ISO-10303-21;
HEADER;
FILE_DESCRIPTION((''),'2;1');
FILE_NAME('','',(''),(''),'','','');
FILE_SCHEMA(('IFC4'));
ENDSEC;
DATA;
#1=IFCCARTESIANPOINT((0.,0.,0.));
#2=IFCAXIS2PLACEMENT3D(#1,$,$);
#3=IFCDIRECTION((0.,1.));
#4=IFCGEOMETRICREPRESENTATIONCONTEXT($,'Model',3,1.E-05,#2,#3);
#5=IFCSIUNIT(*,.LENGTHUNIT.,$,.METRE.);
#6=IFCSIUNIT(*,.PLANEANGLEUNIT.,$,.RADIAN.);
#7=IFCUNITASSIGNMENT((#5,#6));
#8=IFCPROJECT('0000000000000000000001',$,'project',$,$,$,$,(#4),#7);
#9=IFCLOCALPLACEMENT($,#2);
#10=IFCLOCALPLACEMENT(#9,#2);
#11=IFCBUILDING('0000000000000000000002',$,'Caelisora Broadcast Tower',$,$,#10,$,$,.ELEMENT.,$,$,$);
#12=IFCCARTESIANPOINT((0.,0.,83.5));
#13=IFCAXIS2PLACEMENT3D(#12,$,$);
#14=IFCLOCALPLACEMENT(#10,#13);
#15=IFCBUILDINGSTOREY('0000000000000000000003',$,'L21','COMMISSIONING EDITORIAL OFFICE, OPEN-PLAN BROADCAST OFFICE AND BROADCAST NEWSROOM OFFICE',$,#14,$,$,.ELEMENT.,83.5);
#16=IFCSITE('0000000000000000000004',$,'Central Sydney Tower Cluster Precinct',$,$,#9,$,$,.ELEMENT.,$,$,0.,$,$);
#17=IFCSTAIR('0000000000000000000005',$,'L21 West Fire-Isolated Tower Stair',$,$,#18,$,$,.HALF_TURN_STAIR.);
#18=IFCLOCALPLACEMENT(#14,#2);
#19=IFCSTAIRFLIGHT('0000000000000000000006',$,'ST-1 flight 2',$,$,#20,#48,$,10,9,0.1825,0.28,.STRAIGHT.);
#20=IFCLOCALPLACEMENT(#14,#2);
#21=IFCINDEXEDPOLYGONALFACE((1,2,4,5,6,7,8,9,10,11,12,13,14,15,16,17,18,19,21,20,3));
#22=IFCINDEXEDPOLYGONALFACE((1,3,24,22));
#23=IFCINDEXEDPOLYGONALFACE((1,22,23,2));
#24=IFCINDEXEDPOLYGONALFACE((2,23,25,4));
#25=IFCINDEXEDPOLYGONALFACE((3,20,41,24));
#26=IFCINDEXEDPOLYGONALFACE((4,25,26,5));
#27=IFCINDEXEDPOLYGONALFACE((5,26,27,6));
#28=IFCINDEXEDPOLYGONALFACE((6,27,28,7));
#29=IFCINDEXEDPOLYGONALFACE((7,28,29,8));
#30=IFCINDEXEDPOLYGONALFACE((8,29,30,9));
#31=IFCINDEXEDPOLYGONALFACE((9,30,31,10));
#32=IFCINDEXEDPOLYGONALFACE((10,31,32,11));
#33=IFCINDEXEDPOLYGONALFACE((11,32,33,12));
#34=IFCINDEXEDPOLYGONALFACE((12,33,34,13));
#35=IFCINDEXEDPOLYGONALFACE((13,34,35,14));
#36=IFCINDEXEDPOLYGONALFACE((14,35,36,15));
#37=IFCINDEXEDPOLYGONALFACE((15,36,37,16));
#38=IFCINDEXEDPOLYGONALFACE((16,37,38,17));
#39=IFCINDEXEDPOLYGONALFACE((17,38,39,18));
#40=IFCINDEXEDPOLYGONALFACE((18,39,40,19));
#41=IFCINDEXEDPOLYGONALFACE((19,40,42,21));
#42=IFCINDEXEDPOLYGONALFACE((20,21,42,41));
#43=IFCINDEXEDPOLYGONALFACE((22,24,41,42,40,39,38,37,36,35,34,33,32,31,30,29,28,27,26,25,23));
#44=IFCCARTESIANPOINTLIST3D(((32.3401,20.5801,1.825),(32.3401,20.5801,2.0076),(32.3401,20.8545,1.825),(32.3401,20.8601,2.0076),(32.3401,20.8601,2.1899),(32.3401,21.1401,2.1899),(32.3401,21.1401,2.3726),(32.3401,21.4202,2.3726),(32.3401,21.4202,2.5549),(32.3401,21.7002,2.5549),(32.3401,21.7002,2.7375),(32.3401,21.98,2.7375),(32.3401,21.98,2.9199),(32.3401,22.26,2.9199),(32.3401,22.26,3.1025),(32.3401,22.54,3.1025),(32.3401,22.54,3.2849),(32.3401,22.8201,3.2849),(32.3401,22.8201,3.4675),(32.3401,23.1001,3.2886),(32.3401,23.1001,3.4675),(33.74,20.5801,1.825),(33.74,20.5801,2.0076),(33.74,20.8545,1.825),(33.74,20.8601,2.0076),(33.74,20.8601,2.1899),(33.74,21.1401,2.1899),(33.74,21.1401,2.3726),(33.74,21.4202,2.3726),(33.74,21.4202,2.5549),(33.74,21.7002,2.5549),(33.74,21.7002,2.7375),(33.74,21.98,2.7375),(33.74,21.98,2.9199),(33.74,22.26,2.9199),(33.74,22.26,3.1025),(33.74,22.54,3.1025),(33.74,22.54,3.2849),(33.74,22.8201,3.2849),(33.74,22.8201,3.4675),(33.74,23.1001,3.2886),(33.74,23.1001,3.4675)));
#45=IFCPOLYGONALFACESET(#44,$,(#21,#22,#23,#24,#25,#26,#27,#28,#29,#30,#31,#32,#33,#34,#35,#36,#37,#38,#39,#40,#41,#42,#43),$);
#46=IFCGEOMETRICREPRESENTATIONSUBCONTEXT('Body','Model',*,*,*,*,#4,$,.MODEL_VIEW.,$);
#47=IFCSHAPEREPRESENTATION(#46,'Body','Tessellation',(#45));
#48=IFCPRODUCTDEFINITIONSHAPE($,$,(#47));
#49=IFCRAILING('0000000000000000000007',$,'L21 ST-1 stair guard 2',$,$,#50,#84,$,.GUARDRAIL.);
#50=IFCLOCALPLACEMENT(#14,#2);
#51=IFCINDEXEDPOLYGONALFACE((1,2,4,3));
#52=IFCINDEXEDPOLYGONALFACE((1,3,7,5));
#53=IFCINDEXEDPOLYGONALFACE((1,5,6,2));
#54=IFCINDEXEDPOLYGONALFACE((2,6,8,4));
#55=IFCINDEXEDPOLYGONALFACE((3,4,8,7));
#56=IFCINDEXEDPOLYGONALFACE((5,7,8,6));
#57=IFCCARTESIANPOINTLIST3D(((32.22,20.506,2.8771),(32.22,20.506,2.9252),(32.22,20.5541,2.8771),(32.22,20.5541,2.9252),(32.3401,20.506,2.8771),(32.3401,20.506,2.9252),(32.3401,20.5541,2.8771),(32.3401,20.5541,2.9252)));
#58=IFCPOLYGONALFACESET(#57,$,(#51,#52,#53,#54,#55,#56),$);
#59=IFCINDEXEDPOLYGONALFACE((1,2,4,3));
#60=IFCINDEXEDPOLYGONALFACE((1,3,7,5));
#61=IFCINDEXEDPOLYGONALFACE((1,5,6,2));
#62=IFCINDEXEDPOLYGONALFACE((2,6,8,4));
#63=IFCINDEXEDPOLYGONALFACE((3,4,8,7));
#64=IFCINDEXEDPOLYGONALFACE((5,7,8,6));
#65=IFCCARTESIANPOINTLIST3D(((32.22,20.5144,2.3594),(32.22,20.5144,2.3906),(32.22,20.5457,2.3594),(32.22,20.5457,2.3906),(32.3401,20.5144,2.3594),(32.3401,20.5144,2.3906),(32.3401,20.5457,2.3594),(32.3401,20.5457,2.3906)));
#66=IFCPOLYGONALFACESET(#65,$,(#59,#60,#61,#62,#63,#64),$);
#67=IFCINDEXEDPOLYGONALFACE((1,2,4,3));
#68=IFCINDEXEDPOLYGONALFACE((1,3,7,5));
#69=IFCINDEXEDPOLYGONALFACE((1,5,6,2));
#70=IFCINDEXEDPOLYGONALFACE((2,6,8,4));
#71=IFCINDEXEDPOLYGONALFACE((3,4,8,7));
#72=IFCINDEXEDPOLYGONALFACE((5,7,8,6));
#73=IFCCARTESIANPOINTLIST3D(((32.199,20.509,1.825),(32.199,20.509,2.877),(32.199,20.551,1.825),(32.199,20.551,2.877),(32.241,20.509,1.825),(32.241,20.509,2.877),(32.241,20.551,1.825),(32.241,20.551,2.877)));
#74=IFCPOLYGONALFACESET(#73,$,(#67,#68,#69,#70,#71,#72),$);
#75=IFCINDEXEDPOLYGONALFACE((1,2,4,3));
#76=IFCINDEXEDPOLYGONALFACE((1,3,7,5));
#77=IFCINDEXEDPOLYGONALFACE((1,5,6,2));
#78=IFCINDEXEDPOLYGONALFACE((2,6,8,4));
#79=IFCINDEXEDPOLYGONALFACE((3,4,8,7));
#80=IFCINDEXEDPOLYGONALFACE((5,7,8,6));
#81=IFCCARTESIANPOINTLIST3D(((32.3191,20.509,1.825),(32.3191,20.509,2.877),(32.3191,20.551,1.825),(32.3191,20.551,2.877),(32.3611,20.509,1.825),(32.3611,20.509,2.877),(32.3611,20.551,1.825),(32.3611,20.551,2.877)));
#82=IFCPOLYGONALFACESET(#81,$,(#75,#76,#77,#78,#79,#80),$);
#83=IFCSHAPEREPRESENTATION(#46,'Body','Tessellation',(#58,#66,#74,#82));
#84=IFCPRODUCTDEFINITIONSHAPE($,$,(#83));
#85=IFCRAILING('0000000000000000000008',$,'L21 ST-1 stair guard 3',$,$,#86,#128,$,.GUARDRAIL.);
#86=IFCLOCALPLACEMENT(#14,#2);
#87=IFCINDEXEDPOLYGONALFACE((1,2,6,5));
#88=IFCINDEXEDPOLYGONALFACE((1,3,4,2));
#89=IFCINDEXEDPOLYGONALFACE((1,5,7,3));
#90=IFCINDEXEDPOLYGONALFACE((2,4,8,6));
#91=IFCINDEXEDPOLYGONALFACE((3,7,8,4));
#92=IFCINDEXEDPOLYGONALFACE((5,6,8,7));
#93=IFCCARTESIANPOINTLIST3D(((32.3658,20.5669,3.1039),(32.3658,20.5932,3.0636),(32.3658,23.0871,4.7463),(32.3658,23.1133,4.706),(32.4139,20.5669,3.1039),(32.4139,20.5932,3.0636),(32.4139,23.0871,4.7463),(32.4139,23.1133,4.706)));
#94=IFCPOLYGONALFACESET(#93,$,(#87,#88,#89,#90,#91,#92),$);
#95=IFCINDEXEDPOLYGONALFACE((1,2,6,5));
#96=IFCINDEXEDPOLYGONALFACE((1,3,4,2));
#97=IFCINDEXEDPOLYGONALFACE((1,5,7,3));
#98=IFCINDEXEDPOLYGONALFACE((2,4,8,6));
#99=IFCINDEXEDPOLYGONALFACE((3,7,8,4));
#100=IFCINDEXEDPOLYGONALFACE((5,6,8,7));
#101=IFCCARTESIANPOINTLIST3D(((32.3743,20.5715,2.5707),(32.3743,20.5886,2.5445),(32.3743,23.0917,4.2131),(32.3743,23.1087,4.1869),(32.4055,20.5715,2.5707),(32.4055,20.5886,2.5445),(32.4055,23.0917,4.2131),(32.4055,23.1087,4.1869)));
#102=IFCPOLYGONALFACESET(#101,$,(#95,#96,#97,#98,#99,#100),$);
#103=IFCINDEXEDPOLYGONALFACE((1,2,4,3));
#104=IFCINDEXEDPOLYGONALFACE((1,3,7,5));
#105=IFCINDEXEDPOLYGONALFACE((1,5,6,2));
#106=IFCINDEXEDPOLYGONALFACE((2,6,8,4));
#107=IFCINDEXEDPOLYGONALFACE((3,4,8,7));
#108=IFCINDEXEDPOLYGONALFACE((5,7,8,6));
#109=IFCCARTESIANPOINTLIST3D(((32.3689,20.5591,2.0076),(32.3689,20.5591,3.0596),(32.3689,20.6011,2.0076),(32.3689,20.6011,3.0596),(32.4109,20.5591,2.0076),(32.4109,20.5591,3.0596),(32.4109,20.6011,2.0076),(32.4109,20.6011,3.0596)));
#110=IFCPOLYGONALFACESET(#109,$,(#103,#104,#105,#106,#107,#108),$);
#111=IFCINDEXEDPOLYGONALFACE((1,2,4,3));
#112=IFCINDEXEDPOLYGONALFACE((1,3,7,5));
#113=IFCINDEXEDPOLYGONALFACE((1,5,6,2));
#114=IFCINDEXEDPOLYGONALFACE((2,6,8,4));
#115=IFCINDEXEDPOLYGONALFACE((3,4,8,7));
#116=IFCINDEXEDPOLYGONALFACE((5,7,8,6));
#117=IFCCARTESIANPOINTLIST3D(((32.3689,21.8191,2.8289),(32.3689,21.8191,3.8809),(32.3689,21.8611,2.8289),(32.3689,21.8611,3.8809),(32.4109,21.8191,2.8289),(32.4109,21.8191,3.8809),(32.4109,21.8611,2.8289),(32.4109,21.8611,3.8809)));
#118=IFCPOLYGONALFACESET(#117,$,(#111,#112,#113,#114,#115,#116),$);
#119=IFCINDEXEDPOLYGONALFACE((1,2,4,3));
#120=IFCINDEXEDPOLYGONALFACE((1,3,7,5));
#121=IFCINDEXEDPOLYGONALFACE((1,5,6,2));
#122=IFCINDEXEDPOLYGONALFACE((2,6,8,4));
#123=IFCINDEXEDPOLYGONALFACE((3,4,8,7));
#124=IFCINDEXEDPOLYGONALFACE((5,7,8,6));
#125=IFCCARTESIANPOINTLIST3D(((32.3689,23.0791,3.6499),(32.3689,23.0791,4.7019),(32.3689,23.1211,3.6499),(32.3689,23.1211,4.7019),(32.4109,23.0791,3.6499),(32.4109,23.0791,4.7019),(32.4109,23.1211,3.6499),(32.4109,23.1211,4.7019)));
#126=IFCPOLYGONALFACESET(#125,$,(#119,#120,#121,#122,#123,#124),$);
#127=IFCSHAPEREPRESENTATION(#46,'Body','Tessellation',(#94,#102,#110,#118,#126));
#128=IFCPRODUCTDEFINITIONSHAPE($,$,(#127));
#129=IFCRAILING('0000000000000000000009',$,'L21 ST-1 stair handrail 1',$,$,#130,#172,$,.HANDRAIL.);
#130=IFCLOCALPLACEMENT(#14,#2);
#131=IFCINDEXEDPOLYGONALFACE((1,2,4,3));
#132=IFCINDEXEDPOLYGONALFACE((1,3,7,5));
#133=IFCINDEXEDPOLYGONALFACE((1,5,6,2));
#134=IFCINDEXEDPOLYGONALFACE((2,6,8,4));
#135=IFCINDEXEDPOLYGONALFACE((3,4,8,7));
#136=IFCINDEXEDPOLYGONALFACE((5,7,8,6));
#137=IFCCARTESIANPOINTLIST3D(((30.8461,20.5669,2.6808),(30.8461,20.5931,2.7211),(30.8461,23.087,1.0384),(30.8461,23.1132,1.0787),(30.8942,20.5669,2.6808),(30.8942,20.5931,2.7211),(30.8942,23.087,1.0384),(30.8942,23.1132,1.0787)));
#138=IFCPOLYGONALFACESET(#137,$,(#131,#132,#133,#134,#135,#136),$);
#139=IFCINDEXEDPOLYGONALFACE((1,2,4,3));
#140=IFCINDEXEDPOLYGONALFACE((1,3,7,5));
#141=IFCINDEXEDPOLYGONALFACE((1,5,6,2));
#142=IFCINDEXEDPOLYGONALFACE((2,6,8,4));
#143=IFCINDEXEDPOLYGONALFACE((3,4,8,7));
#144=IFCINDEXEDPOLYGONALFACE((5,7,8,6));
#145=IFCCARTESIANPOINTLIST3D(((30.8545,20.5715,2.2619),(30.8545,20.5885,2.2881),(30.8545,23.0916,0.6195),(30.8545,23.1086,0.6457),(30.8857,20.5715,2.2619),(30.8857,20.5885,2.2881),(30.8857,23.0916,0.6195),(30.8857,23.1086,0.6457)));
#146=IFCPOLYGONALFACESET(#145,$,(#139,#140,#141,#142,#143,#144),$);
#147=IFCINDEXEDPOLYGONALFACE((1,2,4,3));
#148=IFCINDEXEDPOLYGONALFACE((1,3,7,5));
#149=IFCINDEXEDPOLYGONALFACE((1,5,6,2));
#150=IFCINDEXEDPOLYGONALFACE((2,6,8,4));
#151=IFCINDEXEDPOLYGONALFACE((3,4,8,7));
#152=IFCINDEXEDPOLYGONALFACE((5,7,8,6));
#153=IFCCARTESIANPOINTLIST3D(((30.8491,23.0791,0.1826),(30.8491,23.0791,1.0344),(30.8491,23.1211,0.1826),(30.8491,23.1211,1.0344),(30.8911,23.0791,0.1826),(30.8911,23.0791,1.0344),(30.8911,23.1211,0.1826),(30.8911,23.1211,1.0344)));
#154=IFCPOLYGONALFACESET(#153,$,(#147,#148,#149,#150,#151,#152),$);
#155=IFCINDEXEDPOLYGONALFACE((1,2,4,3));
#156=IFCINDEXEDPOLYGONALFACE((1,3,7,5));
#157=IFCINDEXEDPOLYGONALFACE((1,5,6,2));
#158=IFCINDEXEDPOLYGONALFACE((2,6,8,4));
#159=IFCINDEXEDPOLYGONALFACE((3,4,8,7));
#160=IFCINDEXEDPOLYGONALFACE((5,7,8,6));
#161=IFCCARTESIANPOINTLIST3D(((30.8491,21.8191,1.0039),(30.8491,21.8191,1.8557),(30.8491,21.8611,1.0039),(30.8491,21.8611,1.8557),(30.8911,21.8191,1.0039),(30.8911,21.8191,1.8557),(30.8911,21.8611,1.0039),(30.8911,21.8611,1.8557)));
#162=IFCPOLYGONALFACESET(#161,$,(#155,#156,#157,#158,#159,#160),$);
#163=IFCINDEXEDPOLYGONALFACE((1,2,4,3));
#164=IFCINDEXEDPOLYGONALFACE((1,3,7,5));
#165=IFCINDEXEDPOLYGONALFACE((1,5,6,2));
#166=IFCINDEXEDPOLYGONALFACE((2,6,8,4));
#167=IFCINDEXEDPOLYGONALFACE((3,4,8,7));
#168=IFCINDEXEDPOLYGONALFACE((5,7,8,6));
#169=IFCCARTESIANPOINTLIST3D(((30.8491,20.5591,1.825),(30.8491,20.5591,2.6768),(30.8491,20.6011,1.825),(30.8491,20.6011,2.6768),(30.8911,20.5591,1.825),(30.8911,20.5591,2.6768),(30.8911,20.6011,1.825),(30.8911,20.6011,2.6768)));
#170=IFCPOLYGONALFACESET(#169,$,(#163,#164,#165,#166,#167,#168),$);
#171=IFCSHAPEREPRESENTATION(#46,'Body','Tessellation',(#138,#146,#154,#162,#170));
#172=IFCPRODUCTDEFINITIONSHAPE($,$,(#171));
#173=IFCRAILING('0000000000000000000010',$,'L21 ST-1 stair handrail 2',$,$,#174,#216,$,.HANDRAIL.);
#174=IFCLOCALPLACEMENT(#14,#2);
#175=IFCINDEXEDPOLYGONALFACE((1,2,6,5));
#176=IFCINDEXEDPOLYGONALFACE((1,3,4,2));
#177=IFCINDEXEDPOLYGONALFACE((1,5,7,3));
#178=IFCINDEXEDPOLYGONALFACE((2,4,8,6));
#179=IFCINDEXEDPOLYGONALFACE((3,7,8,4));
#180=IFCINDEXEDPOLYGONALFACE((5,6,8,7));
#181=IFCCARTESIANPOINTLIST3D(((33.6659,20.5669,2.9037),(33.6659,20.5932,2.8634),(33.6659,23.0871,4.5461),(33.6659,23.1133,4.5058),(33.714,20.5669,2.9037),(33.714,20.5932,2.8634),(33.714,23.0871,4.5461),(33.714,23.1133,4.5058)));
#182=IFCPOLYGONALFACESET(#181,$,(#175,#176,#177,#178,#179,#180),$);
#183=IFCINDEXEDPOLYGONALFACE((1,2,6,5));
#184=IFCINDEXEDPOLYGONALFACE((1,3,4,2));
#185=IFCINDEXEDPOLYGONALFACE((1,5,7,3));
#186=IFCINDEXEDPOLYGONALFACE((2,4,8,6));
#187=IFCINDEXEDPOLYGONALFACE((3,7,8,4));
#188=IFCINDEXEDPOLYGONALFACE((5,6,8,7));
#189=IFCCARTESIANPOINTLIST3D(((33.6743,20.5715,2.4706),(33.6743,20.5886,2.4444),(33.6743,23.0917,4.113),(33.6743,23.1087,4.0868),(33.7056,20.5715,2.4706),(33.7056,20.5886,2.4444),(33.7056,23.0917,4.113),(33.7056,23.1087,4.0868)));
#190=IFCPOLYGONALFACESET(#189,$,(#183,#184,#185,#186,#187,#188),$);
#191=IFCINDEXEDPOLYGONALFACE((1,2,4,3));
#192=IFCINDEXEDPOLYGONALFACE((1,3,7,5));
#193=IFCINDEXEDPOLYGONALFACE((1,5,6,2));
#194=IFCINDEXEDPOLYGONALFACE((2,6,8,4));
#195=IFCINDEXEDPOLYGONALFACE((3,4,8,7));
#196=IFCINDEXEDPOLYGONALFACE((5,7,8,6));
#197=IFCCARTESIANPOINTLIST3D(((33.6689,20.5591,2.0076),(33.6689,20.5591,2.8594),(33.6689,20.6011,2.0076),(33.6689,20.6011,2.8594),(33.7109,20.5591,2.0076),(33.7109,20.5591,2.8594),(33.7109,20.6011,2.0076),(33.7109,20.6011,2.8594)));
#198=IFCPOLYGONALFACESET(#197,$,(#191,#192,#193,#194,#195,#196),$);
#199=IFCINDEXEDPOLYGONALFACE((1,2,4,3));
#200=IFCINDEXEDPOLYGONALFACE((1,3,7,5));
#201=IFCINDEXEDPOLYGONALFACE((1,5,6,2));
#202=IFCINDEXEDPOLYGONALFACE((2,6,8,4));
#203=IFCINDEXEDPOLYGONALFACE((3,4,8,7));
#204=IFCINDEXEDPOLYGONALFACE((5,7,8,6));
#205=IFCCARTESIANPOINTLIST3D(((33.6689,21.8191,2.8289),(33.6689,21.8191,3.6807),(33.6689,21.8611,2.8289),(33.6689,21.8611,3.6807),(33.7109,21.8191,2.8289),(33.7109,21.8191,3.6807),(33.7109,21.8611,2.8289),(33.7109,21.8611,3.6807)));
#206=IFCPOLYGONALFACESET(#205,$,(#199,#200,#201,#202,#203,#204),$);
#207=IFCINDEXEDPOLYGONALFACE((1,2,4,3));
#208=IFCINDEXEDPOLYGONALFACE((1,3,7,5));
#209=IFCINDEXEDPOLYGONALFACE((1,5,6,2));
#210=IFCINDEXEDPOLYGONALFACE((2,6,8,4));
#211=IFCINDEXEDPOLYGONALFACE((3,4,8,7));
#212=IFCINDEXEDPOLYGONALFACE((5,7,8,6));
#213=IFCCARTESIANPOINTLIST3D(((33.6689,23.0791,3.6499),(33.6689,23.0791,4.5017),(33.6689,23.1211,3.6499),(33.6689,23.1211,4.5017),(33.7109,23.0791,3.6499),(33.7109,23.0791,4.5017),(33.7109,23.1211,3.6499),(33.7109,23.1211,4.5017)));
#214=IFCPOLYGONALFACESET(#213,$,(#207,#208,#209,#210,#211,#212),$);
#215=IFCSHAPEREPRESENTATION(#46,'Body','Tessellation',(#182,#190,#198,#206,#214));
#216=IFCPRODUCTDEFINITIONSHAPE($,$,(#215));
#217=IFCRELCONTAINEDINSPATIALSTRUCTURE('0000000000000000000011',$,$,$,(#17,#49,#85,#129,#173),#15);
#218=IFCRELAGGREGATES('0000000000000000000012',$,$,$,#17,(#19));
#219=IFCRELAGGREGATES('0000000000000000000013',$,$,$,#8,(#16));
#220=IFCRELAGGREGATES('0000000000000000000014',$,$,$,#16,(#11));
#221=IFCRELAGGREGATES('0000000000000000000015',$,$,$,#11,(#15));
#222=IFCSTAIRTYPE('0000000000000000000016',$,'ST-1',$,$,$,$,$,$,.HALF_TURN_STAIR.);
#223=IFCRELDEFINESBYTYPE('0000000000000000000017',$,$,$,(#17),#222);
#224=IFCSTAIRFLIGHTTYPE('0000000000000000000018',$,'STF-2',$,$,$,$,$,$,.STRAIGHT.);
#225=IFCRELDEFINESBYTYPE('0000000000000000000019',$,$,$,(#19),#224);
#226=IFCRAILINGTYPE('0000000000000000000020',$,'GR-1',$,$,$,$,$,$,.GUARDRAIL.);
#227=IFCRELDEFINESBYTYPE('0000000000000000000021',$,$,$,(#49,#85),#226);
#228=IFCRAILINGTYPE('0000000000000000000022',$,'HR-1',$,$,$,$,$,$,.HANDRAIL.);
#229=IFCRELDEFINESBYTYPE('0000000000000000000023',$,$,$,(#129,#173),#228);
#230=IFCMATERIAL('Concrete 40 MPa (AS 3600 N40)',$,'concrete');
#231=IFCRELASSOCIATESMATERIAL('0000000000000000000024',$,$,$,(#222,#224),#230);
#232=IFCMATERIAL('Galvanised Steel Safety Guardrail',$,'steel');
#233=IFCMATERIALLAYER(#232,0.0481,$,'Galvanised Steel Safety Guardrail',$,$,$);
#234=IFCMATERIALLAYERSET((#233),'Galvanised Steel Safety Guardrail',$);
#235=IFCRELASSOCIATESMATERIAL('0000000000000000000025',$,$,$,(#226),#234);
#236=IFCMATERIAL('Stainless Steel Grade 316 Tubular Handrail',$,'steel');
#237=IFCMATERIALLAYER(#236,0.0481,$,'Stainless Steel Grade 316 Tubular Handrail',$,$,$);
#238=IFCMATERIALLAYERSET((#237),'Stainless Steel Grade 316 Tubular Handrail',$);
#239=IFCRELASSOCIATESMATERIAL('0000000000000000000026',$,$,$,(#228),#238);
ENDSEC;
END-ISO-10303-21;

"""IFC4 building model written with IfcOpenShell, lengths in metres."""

from ifc_helpers import new_model, si_unit, direction, frame, origin, origin_2d, place, context, subcontext, project, spatial, polyline, rectangle, outline, extrude, material, layer, layer_set, type_object, element, aggregate, save


model = new_model("IFC4")

# Units and contexts
model_context = context("Model", 3, precision=1e-05, world=origin(), true_north=direction((0.0, 1.0)))
body_context = subcontext(model_context, "Body", "Model", "MODEL_VIEW")
ifc_project = project(units=[si_unit("LENGTHUNIT", "METRE"), si_unit("PLANEANGLEUNIT", "RADIAN")], contexts=[model_context])

# Site, building, storey
site_placement = place(None, origin())
site = spatial("IfcSite", under=ifc_project, at=site_placement, Name="Central Sydney Tower Cluster Precinct", CompositionType="ELEMENT", RefElevation=0.0)
building_placement = place(site_placement, origin())
building = spatial("IfcBuilding", under=site, at=building_placement, Name="Caelisora Broadcast Tower", CompositionType="ELEMENT")
storey_placement = place(building_placement, frame((0.0, 0.0, 83.5)))
storey = spatial("IfcBuildingStorey", under=building, at=storey_placement, Name="L21", Description="COMMISSIONING EDITORIAL OFFICE, OPEN-PLAN BROADCAST OFFICE AND BROADCAST NEWSROOM OFFICE", CompositionType="ELEMENT", Elevation=83.5)

# Stair, stair flight
ifc_material_1 = material(Name="Concrete 40 MPa (AS 3600 N40)", Category="concrete")
stair_type = type_object("IfcStairType", Name="ST-1", PredefinedType="HALF_TURN_STAIR", material=ifc_material_1)
stair_placement = place(storey_placement, origin())
stair = element("IfcStair", 1, at=stair_placement, inside=storey, type_object=stair_type, Name="L21 West Fire-Isolated Tower Stair", PredefinedType="HALF_TURN_STAIR")
stair_flight_type = type_object("IfcStairFlightType", Name="STF-2", PredefinedType="STRAIGHT", material=ifc_material_1)
stair_flight_1_placement = place(storey_placement, frame((33.04, 20.5801, 1.825), z_axis=(0.0, 0.0, 1.0), x_axis=(0.0, 1.0, 0.0)))
stair_flight_1 = element("IfcStairFlight", 2, at=stair_flight_1_placement, type_object=stair_flight_type, Name="ST-1 flight 2", NumberOfRisers=10, NumberOfTreads=9, PredefinedType="STRAIGHT", RiserHeight=0.1825, TreadLength=0.28, context=body_context, shape_type="SweptSolid", body=[
    extrude(outline(polyline([(0.0, 0.0), (0.0, 0.1826), (0.28, 0.1826), (0.28, 0.365), (0.5601, 0.365), (0.5601, 0.5476), (0.8401, 0.5476), (0.8401, 0.73), (1.1201, 0.73), (1.1201, 0.9126), (1.3999, 0.9126), (1.3999, 1.095), (1.6799, 1.095), (1.6799, 1.2776), (1.96, 1.2776), (1.96, 1.46), (2.24, 1.46), (2.24, 1.6426), (2.52, 1.6426), (2.52, 1.825), (2.52, 1.4636), (0.2744, 0.0), (0.0, 0.0)])), frame((0.0, 0.7, 0.0), z_axis=(0.0, -1.0, 0.0), x_axis=(1.0, 0.0, 0.0)), (0.0, 0.0, 1.0), 1.3999),
])
aggregate(stair, [stair_flight_1])

# Railings
ifc_material_2 = material(Name="Galvanised Steel Safety Guardrail", Category="steel")
ifc_layer_1 = layer(ifc_material_2, 0.0481, Name="Galvanised Steel Safety Guardrail")
ifc_layer_set_1 = layer_set([ifc_layer_1], Name="Galvanised Steel Safety Guardrail")
railing_type_1 = type_object("IfcRailingType", Name="GR-1", PredefinedType="GUARDRAIL", material=ifc_layer_set_1)
railing_1_placement = place(storey_placement, frame((32.22, 20.53, 1.825)))
element("IfcRailing", 3, at=railing_1_placement, inside=storey, type_object=railing_type_1, Name="L21 ST-1 stair guard 2", PredefinedType="GUARDRAIL", context=body_context, shape_type="SweptSolid", body=[
    extrude(rectangle(XDim=0.0481, YDim=0.0481, at=origin_2d()), frame((0.0, 0.0, 1.0762), z_axis=(1.0, 0.0, 0.0), x_axis=(0.0, 1.0, 0.0)), (0.0, 0.0, 1.0), 0.1201),
    extrude(rectangle(XDim=0.0312, YDim=0.0312, at=origin_2d()), frame((0.0, 0.0, 0.55), z_axis=(1.0, 0.0, 0.0), x_axis=(0.0, 1.0, 0.0)), (0.0, 0.0, 1.0), 0.1201),
    extrude(rectangle(XDim=0.042, YDim=0.042, at=origin_2d()), origin(), (0.0, 0.0, 1.0), 1.052),
    extrude(rectangle(XDim=0.042, YDim=0.042, at=origin_2d()), frame((0.1201, 0.0, 0.0)), (0.0, 0.0, 1.0), 1.052),
])
railing_2_placement = place(storey_placement, frame((32.3899, 20.5801, 2.0076)))
element("IfcRailing", 4, at=railing_2_placement, inside=storey, type_object=railing_type_1, Name="L21 ST-1 stair guard 3", PredefinedType="GUARDRAIL", context=body_context, shape_type="SweptSolid", body=[
    extrude(rectangle(XDim=0.0481, YDim=0.0481, at=origin_2d()), frame((0.0, 0.0, 1.0762), z_axis=(0.0, 0.837787, 0.545998), x_axis=(-1.0, 0.0, 0.0)), (0.0, 0.0, 1.0), 3.0081),
    extrude(rectangle(XDim=0.0312, YDim=0.0312, at=origin_2d()), frame((0.0, 0.0, 0.55), z_axis=(0.0, 0.837787, 0.545998), x_axis=(-1.0, 0.0, 0.0)), (0.0, 0.0, 1.0), 3.0081),
    extrude(rectangle(XDim=0.042, YDim=0.042, at=origin_2d()), origin(), (0.0, 0.0, 1.0), 1.052),
    extrude(rectangle(XDim=0.042, YDim=0.042, at=origin_2d()), frame((0.0, 1.26, 0.8213)), (0.0, 0.0, 1.0), 1.052),
    extrude(rectangle(XDim=0.042, YDim=0.042, at=origin_2d()), frame((0.0, 2.52, 1.6423)), (0.0, 0.0, 1.0), 1.052),
])
ifc_material_3 = material(Name="Stainless Steel Grade 316 Tubular Handrail", Category="steel")
ifc_layer_2 = layer(ifc_material_3, 0.0481, Name="Stainless Steel Grade 316 Tubular Handrail")
ifc_layer_set_2 = layer_set([ifc_layer_2], Name="Stainless Steel Grade 316 Tubular Handrail")
railing_type_2 = type_object("IfcRailingType", Name="HR-1", PredefinedType="HANDRAIL", material=ifc_layer_set_2)
railing_3_placement = place(storey_placement, frame((30.8701, 23.1001, 0.1826)))
element("IfcRailing", 5, at=railing_3_placement, inside=storey, type_object=railing_type_2, Name="L21 ST-1 stair handrail 1", PredefinedType="HANDRAIL", context=body_context, shape_type="SweptSolid", body=[
    extrude(rectangle(XDim=0.0481, YDim=0.0481, at=origin_2d()), frame((0.0, 0.0, 0.876), z_axis=(0.0, -0.837787, 0.545998), x_axis=(1.0, 0.0, 0.0)), (0.0, 0.0, 1.0), 3.0081),
    extrude(rectangle(XDim=0.0312, YDim=0.0312, at=origin_2d()), frame((0.0, 0.0, 0.45), z_axis=(0.0, -0.837787, 0.545998), x_axis=(1.0, 0.0, 0.0)), (0.0, 0.0, 1.0), 3.0081),
    extrude(rectangle(XDim=0.042, YDim=0.042, at=origin_2d()), origin(), (0.0, 0.0, 1.0), 0.8518),
    extrude(rectangle(XDim=0.042, YDim=0.042, at=origin_2d()), frame((0.0, -1.26, 0.8213)), (0.0, 0.0, 1.0), 0.8518),
    extrude(rectangle(XDim=0.042, YDim=0.042, at=origin_2d()), frame((0.0, -2.52, 1.6423)), (0.0, 0.0, 1.0), 0.8518),
])
railing_4_placement = place(storey_placement, frame((33.6899, 20.5801, 2.0076)))
element("IfcRailing", 6, at=railing_4_placement, inside=storey, type_object=railing_type_2, Name="L21 ST-1 stair handrail 2", PredefinedType="HANDRAIL", context=body_context, shape_type="SweptSolid", body=[
    extrude(rectangle(XDim=0.0481, YDim=0.0481, at=origin_2d()), frame((0.0, 0.0, 0.876), z_axis=(0.0, 0.837787, 0.545998), x_axis=(-1.0, 0.0, 0.0)), (0.0, 0.0, 1.0), 3.0081),
    extrude(rectangle(XDim=0.0312, YDim=0.0312, at=origin_2d()), frame((0.0, 0.0, 0.45), z_axis=(0.0, 0.837787, 0.545998), x_axis=(-1.0, 0.0, 0.0)), (0.0, 0.0, 1.0), 3.0081),
    extrude(rectangle(XDim=0.042, YDim=0.042, at=origin_2d()), origin(), (0.0, 0.0, 1.0), 0.8518),
    extrude(rectangle(XDim=0.042, YDim=0.042, at=origin_2d()), frame((0.0, 1.26, 0.8213)), (0.0, 0.0, 1.0), 0.8518),
    extrude(rectangle(XDim=0.042, YDim=0.042, at=origin_2d()), frame((0.0, 2.52, 1.6423)), (0.0, 0.0, 1.0), 0.8518),
])

save(model, "model.ifc")
